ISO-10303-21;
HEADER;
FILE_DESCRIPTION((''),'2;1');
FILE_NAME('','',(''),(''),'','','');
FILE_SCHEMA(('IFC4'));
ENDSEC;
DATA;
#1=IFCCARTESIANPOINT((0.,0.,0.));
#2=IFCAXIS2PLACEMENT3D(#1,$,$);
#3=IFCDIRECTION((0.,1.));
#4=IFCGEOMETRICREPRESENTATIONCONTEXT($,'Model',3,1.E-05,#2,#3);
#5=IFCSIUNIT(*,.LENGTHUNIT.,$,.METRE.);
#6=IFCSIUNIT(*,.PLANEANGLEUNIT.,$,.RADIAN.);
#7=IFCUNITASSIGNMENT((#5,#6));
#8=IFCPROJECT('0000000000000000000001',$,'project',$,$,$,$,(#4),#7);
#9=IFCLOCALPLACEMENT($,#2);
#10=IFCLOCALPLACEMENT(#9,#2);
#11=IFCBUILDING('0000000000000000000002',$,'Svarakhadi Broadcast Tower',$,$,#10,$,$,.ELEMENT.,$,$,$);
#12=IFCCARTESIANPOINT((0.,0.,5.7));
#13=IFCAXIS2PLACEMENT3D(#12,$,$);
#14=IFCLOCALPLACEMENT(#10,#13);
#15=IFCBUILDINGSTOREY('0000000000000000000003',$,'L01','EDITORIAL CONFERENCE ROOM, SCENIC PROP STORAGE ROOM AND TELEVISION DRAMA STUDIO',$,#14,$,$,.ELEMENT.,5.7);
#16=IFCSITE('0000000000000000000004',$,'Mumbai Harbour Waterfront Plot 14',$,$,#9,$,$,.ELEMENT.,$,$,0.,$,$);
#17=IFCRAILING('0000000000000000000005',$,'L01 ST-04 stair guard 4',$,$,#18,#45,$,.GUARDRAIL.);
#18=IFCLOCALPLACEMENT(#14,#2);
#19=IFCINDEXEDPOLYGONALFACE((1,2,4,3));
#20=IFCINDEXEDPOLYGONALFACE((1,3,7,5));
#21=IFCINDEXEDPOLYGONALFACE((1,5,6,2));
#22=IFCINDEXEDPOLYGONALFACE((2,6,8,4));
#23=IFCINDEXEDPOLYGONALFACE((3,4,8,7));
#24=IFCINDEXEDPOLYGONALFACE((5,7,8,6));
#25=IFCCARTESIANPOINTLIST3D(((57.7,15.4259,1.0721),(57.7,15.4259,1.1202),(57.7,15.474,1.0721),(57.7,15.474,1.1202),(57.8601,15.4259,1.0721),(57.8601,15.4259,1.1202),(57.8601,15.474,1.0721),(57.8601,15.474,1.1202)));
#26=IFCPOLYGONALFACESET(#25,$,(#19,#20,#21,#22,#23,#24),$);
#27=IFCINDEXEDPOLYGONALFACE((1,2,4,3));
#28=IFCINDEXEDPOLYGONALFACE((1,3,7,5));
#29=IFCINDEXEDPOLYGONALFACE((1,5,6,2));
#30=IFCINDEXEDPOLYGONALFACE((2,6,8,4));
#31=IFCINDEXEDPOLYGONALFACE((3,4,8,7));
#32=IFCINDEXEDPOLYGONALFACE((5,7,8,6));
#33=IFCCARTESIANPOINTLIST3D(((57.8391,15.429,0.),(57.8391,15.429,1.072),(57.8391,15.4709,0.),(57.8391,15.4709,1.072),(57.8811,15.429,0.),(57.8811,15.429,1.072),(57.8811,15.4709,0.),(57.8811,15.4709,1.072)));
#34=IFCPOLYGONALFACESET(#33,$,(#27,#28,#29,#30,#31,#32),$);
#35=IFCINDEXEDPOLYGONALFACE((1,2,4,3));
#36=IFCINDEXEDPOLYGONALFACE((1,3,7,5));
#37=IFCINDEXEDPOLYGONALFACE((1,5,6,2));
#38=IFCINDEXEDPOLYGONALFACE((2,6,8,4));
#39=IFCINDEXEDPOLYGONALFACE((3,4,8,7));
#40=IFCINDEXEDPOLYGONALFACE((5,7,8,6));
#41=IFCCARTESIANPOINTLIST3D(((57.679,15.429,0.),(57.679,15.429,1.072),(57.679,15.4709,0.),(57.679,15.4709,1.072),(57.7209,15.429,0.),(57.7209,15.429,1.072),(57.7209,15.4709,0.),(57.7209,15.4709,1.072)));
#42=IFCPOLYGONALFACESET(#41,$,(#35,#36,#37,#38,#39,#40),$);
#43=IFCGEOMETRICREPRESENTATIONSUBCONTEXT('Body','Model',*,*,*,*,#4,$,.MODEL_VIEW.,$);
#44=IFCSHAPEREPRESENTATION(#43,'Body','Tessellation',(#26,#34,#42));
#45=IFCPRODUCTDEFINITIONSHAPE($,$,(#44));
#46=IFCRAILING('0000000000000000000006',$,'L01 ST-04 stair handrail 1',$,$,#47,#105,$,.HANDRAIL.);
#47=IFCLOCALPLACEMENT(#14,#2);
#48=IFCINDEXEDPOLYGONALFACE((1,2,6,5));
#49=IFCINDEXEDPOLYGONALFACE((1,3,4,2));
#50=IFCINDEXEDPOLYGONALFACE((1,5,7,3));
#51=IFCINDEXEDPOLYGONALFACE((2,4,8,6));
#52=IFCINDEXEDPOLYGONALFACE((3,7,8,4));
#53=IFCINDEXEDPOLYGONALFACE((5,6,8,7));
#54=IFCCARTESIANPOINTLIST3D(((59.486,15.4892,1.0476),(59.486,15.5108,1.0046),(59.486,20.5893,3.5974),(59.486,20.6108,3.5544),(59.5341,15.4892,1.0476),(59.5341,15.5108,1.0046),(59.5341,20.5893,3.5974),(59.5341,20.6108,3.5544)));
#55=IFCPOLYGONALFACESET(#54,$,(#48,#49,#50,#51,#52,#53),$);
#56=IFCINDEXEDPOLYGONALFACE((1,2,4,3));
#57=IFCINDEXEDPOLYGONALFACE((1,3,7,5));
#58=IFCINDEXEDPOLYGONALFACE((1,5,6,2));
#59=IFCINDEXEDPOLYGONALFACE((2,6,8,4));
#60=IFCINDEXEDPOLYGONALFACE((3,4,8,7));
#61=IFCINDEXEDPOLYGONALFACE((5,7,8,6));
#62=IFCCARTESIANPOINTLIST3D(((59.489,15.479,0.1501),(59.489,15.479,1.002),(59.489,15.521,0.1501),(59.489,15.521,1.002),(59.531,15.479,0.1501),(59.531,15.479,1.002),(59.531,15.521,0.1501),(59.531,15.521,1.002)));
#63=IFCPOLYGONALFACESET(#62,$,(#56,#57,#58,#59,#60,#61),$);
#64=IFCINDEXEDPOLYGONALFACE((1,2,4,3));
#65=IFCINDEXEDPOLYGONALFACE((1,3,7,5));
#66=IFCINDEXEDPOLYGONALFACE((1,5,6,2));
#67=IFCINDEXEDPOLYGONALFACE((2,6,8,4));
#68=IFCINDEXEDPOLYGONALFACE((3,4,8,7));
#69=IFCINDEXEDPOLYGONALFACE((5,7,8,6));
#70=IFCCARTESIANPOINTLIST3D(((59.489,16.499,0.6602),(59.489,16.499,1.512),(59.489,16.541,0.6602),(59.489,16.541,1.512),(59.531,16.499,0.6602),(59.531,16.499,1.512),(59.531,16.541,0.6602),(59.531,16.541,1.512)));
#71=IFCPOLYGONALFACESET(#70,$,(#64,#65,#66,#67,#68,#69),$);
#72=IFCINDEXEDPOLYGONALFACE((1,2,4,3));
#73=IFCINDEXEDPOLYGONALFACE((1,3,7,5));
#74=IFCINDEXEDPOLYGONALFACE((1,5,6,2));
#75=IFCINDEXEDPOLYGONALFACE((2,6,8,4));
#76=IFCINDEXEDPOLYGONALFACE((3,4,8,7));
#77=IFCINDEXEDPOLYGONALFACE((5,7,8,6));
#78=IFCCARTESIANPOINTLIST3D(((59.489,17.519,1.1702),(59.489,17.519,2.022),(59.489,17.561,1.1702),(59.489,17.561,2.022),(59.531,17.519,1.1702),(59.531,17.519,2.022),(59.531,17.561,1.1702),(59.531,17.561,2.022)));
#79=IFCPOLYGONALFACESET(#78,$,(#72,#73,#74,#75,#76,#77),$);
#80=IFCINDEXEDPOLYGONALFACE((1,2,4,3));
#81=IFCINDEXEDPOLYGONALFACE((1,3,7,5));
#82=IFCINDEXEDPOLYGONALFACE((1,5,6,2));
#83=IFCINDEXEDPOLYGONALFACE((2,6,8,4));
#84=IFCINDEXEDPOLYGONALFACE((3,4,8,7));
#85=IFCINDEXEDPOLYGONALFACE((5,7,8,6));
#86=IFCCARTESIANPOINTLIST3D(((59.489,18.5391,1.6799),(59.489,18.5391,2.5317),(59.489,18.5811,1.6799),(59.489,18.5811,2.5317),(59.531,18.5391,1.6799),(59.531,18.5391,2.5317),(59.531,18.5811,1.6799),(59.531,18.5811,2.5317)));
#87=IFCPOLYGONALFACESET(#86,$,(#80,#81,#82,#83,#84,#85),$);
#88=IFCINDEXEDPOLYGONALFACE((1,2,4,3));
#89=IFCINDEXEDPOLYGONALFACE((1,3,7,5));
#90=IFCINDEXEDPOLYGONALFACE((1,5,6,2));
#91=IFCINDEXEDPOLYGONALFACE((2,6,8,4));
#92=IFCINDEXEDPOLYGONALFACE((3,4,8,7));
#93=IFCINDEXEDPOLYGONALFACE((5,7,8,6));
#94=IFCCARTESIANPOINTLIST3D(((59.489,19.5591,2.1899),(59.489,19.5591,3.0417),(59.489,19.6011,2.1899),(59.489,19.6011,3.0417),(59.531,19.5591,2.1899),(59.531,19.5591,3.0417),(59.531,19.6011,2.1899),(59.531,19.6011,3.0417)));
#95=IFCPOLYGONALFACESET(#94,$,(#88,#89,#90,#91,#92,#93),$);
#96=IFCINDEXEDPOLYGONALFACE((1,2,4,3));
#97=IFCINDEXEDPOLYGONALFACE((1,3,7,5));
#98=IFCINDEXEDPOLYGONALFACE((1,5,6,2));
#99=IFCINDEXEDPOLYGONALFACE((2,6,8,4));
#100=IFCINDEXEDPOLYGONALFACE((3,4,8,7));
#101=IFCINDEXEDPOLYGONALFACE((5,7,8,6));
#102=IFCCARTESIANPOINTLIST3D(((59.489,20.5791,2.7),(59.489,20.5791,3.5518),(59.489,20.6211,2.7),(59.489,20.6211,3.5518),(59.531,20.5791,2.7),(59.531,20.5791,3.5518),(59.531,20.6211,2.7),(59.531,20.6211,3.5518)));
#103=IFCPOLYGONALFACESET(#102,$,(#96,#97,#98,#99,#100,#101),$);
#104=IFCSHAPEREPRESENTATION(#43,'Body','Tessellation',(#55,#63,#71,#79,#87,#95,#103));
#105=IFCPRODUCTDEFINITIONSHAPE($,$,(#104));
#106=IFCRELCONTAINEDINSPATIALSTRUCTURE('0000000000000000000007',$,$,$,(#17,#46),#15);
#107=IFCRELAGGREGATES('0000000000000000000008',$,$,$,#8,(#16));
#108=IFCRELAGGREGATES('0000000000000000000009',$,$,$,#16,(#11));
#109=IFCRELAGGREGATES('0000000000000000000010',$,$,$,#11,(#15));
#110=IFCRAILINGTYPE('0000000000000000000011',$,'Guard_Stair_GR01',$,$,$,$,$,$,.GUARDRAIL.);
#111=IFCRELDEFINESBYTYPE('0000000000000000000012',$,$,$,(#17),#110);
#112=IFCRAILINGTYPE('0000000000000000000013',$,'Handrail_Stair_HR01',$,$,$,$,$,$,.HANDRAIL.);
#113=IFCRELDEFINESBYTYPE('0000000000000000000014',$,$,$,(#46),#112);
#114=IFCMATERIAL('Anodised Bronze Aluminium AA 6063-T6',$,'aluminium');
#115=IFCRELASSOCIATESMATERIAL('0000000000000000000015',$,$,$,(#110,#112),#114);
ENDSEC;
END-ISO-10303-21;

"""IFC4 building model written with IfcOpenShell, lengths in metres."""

from ifc_helpers import new_model, si_unit, direction, frame, origin, origin_2d, place, context, subcontext, project, spatial, rectangle, extrude, material, type_object, element, save


model = new_model("IFC4")

# Units and contexts
model_context = context("Model", 3, precision=1e-05, world=origin(), true_north=direction((0.0, 1.0)))
body_context = subcontext(model_context, "Body", "Model", "MODEL_VIEW")
ifc_project = project(units=[si_unit("LENGTHUNIT", "METRE"), si_unit("PLANEANGLEUNIT", "RADIAN")], contexts=[model_context])

# Site, building, storey
site_placement = place(None, origin())
site = spatial("IfcSite", under=ifc_project, at=site_placement, Name="Mumbai Harbour Waterfront Plot 14", CompositionType="ELEMENT", RefElevation=0.0)
building_placement = place(site_placement, origin())
building = spatial("IfcBuilding", under=site, at=building_placement, Name="Svarakhadi Broadcast Tower", CompositionType="ELEMENT")
storey_placement = place(building_placement, frame((0.0, 0.0, 5.7)))
storey = spatial("IfcBuildingStorey", under=building, at=storey_placement, Name="L01", Description="EDITORIAL CONFERENCE ROOM, SCENIC PROP STORAGE ROOM AND TELEVISION DRAMA STUDIO", CompositionType="ELEMENT", Elevation=5.7)

# Shared definitions
ifc_material_1 = material(Name="Anodised Bronze Aluminium AA 6063-T6", Category="aluminium")

# Railings
railing_type_1 = type_object("IfcRailingType", Name="Guard_Stair_GR01", PredefinedType="GUARDRAIL", material=ifc_material_1)
railing_1_placement = place(storey_placement, frame((57.8601, 15.45, 0.0)))
element("IfcRailing", 1, at=railing_1_placement, inside=storey, type_object=railing_type_1, Name="L01 ST-04 stair guard 4", PredefinedType="GUARDRAIL", context=body_context, shape_type="SweptSolid", body=[
    extrude(rectangle(XDim=0.0481, YDim=0.0481, at=origin_2d()), frame((0.0, 0.0, 1.0962), z_axis=(-1.0, 0.0, 0.0), x_axis=(0.0, -1.0, 0.0)), (0.0, 0.0, 1.0), 0.1602),
    extrude(rectangle(XDim=0.042, YDim=0.042, at=origin_2d()), origin(), (0.0, 0.0, 1.0), 1.072),
    extrude(rectangle(XDim=0.042, YDim=0.042, at=origin_2d()), frame((-0.1602, 0.0, 0.0)), (0.0, 0.0, 1.0), 1.072),
])
railing_type_2 = type_object("IfcRailingType", Name="Handrail_Stair_HR01", PredefinedType="HANDRAIL", material=ifc_material_1)
railing_2_placement = place(storey_placement, frame((59.51, 15.5, 0.1501)))
element("IfcRailing", 2, at=railing_2_placement, inside=storey, type_object=railing_type_2, Name="L01 ST-04 stair handrail 1", PredefinedType="HANDRAIL", context=body_context, shape_type="SweptSolid", body=[
    extrude(rectangle(XDim=0.0481, YDim=0.0481, at=origin_2d()), frame((0.0, 0.0, 0.876), z_axis=(0.0, 0.894444, 0.447179), x_axis=(-1.0, 0.0, 0.0)), (0.0, 0.0, 1.0), 5.7019),
    extrude(rectangle(XDim=0.042, YDim=0.042, at=origin_2d()), origin(), (0.0, 0.0, 1.0), 0.8518),
    extrude(rectangle(XDim=0.042, YDim=0.042, at=origin_2d()), frame((0.0, 1.02, 0.51)), (0.0, 0.0, 1.0), 0.8518),
    extrude(rectangle(XDim=0.042, YDim=0.042, at=origin_2d()), frame((0.0, 2.04, 1.02)), (0.0, 0.0, 1.0), 0.8518),
    extrude(rectangle(XDim=0.042, YDim=0.042, at=origin_2d()), frame((0.0, 3.0601, 1.5298)), (0.0, 0.0, 1.0), 0.8518),
    extrude(rectangle(XDim=0.042, YDim=0.042, at=origin_2d()), frame((0.0, 4.0801, 2.0398)), (0.0, 0.0, 1.0), 0.8518),
    extrude(rectangle(XDim=0.042, YDim=0.042, at=origin_2d()), frame((0.0, 5.1001, 2.5498)), (0.0, 0.0, 1.0), 0.8518),
])

save(model, "model.ifc")
